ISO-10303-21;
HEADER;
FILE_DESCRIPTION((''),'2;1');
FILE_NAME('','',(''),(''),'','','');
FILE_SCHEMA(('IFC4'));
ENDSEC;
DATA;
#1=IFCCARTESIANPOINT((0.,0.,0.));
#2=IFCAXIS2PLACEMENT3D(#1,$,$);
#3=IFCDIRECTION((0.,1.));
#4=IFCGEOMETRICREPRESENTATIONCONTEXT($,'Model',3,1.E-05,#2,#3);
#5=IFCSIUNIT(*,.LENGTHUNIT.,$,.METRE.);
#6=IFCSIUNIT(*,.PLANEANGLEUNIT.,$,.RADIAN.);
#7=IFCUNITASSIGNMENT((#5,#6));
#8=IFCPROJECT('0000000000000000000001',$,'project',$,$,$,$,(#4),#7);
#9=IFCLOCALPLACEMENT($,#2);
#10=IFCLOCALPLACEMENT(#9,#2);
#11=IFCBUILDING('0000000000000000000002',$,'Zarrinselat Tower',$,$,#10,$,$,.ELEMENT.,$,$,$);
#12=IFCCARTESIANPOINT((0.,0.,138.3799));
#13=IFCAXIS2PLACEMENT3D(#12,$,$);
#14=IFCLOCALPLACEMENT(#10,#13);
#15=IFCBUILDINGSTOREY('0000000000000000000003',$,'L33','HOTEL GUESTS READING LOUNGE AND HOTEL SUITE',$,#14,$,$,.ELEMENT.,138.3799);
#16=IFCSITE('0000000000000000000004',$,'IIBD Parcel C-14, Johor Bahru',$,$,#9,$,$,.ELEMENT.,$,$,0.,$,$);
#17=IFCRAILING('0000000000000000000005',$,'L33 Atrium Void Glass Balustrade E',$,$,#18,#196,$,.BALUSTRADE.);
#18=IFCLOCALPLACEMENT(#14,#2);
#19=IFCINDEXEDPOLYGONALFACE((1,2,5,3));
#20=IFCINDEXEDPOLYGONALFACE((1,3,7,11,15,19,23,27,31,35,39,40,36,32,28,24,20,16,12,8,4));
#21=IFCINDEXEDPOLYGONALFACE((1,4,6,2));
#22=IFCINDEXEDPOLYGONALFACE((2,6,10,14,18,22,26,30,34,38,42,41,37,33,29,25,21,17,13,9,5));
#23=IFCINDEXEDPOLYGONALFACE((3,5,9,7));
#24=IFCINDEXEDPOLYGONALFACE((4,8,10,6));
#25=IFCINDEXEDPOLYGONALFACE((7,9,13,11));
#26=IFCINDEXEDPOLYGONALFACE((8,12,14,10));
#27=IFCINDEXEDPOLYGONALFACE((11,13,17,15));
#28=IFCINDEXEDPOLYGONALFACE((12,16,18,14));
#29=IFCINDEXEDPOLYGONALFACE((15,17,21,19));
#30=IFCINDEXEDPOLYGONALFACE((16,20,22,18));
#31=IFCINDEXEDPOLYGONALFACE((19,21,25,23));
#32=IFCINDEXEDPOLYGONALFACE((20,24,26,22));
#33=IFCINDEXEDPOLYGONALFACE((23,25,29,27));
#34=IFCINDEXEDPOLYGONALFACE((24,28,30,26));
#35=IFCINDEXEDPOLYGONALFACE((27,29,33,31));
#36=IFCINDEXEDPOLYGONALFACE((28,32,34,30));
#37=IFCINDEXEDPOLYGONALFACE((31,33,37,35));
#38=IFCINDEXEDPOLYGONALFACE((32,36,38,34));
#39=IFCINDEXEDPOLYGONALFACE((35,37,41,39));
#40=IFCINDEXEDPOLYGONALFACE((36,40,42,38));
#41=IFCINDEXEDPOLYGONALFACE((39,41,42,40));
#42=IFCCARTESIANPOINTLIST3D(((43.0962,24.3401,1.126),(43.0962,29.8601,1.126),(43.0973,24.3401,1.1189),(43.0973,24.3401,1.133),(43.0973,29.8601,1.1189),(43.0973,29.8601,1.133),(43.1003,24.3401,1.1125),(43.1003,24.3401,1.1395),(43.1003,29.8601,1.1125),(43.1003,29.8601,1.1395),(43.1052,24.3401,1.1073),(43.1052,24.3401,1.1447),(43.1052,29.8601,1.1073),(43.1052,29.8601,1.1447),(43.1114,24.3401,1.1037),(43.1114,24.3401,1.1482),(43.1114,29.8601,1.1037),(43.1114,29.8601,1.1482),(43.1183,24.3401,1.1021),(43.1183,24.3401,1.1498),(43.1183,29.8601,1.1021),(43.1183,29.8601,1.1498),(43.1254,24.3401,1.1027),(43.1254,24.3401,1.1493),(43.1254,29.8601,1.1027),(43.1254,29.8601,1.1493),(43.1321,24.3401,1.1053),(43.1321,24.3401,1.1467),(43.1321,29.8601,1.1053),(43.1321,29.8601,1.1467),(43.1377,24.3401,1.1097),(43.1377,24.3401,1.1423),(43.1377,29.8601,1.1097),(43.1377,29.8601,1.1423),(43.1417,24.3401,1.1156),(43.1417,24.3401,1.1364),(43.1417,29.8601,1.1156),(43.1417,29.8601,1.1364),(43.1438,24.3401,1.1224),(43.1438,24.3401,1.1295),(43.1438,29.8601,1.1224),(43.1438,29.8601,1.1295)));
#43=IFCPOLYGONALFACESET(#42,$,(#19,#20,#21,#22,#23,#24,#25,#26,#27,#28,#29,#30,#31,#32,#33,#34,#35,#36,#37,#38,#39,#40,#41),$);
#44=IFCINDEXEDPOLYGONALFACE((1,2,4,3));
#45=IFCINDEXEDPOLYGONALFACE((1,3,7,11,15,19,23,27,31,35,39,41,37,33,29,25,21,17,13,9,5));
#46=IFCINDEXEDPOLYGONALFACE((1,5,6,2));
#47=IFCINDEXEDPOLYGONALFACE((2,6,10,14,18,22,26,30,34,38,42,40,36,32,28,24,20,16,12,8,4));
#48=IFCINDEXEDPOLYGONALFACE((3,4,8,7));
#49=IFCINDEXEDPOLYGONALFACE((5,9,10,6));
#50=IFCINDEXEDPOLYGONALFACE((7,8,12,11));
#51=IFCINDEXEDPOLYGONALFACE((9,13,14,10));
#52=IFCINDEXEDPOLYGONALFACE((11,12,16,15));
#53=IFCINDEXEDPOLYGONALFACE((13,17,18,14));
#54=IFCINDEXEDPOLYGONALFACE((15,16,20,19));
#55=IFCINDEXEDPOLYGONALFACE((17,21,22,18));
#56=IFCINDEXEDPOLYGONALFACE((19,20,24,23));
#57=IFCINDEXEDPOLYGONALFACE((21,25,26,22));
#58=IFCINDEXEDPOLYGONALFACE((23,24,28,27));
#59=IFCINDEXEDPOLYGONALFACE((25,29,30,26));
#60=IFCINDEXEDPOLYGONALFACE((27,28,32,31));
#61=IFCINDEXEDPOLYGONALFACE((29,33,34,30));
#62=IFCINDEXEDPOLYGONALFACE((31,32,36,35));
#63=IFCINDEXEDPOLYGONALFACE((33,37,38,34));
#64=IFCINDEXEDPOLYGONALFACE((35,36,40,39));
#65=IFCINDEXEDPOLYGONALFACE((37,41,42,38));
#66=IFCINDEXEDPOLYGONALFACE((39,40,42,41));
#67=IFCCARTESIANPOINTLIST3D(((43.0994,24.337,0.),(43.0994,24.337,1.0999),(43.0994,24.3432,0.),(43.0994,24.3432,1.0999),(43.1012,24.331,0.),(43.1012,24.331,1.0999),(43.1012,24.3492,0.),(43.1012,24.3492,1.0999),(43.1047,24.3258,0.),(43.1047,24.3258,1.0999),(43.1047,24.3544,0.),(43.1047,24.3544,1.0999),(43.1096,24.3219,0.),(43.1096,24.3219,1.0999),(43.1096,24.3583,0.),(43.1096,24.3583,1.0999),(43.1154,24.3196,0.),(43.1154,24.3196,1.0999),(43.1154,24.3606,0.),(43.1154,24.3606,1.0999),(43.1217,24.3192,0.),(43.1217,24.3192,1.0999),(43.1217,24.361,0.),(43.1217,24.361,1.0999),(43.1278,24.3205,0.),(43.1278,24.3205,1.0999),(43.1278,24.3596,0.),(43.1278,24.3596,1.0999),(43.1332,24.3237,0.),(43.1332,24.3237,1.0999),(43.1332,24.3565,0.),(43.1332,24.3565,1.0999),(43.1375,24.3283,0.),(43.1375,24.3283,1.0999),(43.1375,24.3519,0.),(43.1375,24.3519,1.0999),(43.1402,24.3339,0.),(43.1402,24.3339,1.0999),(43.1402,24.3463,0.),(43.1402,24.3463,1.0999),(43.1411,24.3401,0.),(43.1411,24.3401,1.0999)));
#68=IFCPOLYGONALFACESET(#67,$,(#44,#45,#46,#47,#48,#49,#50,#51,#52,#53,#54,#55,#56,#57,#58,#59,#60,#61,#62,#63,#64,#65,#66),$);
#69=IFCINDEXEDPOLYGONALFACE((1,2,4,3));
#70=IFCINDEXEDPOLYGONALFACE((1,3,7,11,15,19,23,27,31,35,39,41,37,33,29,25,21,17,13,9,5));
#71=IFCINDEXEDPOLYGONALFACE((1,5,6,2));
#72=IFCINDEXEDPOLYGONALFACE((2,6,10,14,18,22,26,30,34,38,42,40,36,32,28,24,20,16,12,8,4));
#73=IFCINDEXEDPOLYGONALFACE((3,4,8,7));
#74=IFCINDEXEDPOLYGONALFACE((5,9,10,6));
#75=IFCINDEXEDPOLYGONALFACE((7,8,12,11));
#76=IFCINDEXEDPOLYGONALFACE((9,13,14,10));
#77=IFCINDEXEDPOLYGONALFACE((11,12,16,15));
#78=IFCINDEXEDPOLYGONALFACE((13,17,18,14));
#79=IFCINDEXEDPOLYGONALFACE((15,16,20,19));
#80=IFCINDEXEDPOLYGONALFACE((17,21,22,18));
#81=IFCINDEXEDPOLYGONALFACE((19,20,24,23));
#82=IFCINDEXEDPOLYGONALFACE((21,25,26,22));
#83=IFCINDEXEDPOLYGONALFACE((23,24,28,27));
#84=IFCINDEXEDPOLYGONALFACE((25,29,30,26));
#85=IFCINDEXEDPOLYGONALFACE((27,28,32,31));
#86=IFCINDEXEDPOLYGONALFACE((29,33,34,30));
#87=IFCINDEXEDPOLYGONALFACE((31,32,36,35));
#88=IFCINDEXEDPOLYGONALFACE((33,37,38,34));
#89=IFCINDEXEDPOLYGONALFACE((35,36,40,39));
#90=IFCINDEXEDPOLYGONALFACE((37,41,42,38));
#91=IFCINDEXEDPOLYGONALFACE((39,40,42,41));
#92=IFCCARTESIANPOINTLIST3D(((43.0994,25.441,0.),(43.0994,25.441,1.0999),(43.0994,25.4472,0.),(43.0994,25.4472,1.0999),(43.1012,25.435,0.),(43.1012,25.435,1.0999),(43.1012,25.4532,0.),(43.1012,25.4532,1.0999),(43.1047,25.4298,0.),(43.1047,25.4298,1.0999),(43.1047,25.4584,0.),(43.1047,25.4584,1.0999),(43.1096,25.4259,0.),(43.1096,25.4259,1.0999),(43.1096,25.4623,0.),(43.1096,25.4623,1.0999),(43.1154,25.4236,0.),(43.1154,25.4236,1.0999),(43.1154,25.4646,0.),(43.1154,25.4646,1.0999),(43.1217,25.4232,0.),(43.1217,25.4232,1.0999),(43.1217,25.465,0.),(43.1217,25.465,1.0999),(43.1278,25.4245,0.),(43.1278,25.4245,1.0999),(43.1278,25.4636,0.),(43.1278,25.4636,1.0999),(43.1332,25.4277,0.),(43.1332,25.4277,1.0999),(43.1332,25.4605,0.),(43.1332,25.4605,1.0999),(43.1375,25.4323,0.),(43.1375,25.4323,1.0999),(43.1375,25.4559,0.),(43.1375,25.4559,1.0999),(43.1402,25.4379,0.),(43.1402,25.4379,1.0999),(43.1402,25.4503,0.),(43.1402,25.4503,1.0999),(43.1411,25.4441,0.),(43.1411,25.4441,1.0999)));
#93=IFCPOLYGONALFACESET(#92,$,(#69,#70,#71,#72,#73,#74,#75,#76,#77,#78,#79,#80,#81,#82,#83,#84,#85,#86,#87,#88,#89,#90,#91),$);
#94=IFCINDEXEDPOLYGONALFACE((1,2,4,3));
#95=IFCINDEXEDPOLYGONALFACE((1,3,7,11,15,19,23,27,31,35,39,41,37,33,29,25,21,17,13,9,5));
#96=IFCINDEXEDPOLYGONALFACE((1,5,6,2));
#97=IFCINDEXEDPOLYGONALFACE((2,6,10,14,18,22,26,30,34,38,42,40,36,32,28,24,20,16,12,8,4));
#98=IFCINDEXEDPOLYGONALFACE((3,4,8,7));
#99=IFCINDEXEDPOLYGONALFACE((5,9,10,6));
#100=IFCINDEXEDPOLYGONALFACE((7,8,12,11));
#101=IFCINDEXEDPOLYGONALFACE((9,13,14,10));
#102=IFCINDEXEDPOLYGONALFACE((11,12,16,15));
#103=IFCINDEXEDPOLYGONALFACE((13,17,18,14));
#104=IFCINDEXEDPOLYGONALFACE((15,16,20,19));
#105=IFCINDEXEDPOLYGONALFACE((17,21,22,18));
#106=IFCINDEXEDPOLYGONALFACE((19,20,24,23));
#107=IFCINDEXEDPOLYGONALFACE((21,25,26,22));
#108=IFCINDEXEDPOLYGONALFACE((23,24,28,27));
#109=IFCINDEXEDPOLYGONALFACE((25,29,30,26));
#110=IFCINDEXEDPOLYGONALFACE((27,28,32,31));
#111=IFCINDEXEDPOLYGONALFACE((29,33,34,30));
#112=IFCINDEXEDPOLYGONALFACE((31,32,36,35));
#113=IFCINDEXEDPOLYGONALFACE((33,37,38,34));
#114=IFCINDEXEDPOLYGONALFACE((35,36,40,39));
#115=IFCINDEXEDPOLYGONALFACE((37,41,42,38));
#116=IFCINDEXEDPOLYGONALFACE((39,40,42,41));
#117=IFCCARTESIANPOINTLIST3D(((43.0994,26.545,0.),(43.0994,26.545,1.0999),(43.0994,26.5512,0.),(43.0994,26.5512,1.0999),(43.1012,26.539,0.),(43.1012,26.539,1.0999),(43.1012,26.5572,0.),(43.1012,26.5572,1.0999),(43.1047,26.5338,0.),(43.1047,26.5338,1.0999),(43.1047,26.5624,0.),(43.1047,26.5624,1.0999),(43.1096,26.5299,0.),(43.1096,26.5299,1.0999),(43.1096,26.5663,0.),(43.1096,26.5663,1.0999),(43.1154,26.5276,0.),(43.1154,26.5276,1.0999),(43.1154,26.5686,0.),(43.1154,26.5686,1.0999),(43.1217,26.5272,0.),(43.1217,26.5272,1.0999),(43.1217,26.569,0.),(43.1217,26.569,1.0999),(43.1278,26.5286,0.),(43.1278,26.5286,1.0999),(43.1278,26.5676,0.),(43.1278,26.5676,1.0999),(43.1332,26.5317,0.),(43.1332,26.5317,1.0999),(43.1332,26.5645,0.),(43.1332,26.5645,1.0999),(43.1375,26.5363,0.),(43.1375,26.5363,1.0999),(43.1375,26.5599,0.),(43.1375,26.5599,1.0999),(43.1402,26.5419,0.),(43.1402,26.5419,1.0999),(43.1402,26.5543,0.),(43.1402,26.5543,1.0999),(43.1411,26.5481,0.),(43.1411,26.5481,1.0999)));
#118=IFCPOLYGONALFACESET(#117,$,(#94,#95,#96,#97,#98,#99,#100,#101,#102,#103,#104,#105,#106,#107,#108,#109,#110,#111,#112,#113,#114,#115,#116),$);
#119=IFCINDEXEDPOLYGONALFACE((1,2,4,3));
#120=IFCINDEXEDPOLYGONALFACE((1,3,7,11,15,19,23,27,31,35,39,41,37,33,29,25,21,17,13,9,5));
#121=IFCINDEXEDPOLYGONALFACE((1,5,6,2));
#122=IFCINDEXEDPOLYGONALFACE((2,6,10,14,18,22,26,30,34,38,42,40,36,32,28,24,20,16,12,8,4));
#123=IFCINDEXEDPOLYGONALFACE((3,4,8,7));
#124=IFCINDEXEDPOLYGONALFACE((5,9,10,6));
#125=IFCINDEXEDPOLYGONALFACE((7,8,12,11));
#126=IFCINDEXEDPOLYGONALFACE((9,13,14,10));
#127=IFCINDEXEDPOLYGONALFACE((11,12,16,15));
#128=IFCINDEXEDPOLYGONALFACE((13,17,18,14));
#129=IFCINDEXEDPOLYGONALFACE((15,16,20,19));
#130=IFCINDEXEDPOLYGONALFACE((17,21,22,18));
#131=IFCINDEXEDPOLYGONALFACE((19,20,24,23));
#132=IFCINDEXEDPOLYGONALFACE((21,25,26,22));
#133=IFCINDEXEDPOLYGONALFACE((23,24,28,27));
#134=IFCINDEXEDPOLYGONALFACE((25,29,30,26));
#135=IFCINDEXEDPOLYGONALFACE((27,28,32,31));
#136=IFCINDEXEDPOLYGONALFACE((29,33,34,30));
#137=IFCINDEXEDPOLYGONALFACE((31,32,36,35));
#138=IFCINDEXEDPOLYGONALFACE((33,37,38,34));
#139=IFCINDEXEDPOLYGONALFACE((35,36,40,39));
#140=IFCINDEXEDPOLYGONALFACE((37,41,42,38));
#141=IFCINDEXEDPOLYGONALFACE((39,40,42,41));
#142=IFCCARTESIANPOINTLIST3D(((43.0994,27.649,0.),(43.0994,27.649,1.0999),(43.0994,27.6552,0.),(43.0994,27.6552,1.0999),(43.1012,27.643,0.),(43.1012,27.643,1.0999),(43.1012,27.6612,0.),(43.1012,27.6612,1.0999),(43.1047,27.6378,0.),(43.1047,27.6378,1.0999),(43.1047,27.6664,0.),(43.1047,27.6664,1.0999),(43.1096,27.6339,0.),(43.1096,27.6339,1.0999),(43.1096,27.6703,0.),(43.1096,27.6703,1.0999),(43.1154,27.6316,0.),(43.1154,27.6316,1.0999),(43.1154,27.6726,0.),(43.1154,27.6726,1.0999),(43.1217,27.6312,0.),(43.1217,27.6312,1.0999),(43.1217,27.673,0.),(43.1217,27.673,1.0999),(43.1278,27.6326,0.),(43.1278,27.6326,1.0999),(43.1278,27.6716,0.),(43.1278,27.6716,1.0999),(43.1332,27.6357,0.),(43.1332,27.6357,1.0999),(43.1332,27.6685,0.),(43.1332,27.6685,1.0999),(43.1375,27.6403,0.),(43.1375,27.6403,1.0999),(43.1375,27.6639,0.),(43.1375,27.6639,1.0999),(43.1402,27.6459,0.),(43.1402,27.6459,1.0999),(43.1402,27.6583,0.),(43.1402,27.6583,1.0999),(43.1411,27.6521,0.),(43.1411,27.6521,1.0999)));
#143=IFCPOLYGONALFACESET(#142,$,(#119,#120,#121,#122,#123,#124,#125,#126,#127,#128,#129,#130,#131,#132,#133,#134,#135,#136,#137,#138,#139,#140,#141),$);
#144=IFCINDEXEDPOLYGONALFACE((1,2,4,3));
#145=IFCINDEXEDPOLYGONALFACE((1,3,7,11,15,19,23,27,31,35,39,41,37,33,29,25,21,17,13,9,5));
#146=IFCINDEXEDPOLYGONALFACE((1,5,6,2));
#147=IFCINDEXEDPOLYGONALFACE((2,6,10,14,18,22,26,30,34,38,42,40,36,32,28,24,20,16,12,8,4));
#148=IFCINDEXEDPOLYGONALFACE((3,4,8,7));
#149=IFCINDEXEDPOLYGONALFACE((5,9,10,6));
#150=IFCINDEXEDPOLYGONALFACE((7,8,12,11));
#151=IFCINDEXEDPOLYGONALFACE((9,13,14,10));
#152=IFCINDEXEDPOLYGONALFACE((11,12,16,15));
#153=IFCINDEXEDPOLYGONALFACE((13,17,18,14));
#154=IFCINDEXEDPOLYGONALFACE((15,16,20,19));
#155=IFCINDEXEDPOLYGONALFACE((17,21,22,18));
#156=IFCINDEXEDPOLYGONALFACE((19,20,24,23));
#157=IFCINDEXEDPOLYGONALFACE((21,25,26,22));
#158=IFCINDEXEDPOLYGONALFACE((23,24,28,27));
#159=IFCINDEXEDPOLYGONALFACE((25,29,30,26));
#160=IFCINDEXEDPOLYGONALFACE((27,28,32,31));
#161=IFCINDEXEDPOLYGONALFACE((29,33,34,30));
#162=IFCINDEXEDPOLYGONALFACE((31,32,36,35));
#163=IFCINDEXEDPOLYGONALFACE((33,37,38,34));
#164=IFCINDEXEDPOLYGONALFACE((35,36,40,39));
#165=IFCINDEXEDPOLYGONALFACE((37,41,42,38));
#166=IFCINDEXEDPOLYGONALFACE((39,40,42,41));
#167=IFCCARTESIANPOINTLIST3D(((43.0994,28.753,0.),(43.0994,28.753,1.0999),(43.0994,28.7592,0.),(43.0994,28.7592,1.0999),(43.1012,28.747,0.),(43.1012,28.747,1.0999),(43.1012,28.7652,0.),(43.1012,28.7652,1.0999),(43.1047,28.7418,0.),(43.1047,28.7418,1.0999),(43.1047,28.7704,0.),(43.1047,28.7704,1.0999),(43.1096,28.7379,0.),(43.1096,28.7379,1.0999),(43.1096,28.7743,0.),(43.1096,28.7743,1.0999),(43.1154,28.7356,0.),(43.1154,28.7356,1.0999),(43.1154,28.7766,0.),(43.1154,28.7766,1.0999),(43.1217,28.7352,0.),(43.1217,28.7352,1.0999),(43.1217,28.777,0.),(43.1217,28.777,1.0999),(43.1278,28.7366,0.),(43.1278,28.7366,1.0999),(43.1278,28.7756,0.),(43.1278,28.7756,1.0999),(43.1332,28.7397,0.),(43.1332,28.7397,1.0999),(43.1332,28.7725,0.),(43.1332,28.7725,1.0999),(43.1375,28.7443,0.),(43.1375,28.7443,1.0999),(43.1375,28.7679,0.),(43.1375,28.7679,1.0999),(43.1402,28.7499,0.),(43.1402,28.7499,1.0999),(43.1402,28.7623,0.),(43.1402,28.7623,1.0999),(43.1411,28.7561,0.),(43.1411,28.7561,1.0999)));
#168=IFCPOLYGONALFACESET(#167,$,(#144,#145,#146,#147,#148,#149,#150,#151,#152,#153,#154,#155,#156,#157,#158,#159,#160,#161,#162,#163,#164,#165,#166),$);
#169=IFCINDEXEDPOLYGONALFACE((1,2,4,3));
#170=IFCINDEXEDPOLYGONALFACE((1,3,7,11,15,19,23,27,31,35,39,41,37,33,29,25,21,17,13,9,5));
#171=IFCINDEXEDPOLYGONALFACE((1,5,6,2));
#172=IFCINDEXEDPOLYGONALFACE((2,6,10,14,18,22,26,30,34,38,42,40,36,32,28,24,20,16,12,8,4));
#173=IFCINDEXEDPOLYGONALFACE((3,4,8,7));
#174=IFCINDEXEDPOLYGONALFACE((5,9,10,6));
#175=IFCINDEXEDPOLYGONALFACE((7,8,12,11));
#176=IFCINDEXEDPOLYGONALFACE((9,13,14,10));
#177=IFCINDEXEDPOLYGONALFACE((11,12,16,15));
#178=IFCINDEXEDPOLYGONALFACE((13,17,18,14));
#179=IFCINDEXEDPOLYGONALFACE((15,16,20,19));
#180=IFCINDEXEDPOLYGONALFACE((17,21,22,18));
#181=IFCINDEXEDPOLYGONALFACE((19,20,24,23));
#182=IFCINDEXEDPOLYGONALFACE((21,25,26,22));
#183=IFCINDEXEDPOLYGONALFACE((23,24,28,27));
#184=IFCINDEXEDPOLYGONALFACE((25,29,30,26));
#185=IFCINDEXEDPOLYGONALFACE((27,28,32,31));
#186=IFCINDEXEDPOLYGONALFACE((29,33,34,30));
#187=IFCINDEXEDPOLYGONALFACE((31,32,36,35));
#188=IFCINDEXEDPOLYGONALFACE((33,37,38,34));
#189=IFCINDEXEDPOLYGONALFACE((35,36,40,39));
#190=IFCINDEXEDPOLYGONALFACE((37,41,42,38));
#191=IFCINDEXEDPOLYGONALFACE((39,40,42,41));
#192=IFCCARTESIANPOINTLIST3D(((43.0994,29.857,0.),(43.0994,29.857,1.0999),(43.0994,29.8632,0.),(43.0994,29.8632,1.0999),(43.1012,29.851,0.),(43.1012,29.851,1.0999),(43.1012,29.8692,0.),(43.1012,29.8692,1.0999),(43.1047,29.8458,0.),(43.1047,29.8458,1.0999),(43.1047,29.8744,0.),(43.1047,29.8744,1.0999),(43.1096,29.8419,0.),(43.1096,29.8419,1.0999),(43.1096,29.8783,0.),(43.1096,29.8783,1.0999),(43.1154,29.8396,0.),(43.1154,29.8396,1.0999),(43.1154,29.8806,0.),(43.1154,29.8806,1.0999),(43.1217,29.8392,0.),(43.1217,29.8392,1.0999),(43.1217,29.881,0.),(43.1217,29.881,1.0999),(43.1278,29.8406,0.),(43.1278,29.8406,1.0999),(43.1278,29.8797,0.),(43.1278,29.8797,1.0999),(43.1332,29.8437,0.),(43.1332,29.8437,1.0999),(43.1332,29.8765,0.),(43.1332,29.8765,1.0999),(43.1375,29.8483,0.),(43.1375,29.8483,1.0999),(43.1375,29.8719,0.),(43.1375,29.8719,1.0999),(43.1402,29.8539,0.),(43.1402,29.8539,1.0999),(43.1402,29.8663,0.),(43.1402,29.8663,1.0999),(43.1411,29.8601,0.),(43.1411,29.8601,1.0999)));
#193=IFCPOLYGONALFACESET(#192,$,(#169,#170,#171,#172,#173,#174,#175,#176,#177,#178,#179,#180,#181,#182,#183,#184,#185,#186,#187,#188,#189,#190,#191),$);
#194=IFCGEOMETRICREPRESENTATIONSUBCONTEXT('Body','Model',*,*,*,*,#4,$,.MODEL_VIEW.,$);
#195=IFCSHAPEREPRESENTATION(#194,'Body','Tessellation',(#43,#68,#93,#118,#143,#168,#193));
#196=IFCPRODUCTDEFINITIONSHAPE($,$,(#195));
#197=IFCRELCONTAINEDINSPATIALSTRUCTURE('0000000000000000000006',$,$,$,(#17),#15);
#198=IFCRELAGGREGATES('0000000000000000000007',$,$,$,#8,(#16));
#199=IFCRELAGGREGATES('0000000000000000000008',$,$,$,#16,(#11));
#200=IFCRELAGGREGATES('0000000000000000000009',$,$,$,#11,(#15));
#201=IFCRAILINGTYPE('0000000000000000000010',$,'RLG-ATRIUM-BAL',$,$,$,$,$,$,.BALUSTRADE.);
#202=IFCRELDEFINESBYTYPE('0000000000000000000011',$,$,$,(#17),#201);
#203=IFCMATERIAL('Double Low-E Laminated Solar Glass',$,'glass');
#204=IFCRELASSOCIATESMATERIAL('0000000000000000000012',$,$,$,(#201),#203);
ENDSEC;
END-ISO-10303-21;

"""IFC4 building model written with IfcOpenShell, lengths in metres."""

from ifc_helpers import new_model, si_unit, direction, frame, origin, origin_2d, place, context, subcontext, project, spatial, circle, extrude, material, type_object, element, save


model = new_model("IFC4")

# Units and contexts
model_context = context("Model", 3, precision=1e-05, world=origin(), true_north=direction((0.0, 1.0)))
body_context = subcontext(model_context, "Body", "Model", "MODEL_VIEW")
ifc_project = project(units=[si_unit("LENGTHUNIT", "METRE"), si_unit("PLANEANGLEUNIT", "RADIAN")], contexts=[model_context])

# Site, building, storey
site_placement = place(None, origin())
site = spatial("IfcSite", under=ifc_project, at=site_placement, Name="IIBD Parcel C-14, Johor Bahru", CompositionType="ELEMENT", RefElevation=0.0)
building_placement = place(site_placement, origin())
building = spatial("IfcBuilding", under=site, at=building_placement, Name="Zarrinselat Tower", CompositionType="ELEMENT")
storey_placement = place(building_placement, frame((0.0, 0.0, 138.3799)))
storey = spatial("IfcBuildingStorey", under=building, at=storey_placement, Name="L33", Description="HOTEL GUESTS READING LOUNGE AND HOTEL SUITE", CompositionType="ELEMENT", Elevation=138.3799)

# Railing
ifc_material_1 = material(Name="Double Low-E Laminated Solar Glass", Category="glass")
railing_type = type_object("IfcRailingType", Name="RLG-ATRIUM-BAL", PredefinedType="BALUSTRADE", material=ifc_material_1)
railing_1_placement = place(storey_placement, frame((43.1201, 24.3401, 0.0)))
element("IfcRailing", 1, at=railing_1_placement, inside=storey, type_object=railing_type, Name="L33 Atrium Void Glass Balustrade E", PredefinedType="BALUSTRADE", context=body_context, shape_type="SweptSolid", body=[
    extrude(circle(Radius=0.0239, at=origin_2d()), frame((0.0, 0.0, 1.126), z_axis=(0.0, 1.0, 0.0), x_axis=(-1.0, 0.0, 0.0)), (0.0, 0.0, 1.0), 5.52),
    extrude(circle(Radius=0.021, at=origin_2d()), origin(), (0.0, 0.0, 1.0), 1.0999),
    extrude(circle(Radius=0.021, at=origin_2d()), frame((0.0, 1.104, 0.0)), (0.0, 0.0, 1.0), 1.0999),
    extrude(circle(Radius=0.021, at=origin_2d()), frame((0.0, 2.208, 0.0)), (0.0, 0.0, 1.0), 1.0999),
    extrude(circle(Radius=0.021, at=origin_2d()), frame((0.0, 3.312, 0.0)), (0.0, 0.0, 1.0), 1.0999),
    extrude(circle(Radius=0.021, at=origin_2d()), frame((0.0, 4.416, 0.0)), (0.0, 0.0, 1.0), 1.0999),
    extrude(circle(Radius=0.021, at=origin_2d()), frame((0.0, 5.52, 0.0)), (0.0, 0.0, 1.0), 1.0999),
])

save(model, "model.ifc")
